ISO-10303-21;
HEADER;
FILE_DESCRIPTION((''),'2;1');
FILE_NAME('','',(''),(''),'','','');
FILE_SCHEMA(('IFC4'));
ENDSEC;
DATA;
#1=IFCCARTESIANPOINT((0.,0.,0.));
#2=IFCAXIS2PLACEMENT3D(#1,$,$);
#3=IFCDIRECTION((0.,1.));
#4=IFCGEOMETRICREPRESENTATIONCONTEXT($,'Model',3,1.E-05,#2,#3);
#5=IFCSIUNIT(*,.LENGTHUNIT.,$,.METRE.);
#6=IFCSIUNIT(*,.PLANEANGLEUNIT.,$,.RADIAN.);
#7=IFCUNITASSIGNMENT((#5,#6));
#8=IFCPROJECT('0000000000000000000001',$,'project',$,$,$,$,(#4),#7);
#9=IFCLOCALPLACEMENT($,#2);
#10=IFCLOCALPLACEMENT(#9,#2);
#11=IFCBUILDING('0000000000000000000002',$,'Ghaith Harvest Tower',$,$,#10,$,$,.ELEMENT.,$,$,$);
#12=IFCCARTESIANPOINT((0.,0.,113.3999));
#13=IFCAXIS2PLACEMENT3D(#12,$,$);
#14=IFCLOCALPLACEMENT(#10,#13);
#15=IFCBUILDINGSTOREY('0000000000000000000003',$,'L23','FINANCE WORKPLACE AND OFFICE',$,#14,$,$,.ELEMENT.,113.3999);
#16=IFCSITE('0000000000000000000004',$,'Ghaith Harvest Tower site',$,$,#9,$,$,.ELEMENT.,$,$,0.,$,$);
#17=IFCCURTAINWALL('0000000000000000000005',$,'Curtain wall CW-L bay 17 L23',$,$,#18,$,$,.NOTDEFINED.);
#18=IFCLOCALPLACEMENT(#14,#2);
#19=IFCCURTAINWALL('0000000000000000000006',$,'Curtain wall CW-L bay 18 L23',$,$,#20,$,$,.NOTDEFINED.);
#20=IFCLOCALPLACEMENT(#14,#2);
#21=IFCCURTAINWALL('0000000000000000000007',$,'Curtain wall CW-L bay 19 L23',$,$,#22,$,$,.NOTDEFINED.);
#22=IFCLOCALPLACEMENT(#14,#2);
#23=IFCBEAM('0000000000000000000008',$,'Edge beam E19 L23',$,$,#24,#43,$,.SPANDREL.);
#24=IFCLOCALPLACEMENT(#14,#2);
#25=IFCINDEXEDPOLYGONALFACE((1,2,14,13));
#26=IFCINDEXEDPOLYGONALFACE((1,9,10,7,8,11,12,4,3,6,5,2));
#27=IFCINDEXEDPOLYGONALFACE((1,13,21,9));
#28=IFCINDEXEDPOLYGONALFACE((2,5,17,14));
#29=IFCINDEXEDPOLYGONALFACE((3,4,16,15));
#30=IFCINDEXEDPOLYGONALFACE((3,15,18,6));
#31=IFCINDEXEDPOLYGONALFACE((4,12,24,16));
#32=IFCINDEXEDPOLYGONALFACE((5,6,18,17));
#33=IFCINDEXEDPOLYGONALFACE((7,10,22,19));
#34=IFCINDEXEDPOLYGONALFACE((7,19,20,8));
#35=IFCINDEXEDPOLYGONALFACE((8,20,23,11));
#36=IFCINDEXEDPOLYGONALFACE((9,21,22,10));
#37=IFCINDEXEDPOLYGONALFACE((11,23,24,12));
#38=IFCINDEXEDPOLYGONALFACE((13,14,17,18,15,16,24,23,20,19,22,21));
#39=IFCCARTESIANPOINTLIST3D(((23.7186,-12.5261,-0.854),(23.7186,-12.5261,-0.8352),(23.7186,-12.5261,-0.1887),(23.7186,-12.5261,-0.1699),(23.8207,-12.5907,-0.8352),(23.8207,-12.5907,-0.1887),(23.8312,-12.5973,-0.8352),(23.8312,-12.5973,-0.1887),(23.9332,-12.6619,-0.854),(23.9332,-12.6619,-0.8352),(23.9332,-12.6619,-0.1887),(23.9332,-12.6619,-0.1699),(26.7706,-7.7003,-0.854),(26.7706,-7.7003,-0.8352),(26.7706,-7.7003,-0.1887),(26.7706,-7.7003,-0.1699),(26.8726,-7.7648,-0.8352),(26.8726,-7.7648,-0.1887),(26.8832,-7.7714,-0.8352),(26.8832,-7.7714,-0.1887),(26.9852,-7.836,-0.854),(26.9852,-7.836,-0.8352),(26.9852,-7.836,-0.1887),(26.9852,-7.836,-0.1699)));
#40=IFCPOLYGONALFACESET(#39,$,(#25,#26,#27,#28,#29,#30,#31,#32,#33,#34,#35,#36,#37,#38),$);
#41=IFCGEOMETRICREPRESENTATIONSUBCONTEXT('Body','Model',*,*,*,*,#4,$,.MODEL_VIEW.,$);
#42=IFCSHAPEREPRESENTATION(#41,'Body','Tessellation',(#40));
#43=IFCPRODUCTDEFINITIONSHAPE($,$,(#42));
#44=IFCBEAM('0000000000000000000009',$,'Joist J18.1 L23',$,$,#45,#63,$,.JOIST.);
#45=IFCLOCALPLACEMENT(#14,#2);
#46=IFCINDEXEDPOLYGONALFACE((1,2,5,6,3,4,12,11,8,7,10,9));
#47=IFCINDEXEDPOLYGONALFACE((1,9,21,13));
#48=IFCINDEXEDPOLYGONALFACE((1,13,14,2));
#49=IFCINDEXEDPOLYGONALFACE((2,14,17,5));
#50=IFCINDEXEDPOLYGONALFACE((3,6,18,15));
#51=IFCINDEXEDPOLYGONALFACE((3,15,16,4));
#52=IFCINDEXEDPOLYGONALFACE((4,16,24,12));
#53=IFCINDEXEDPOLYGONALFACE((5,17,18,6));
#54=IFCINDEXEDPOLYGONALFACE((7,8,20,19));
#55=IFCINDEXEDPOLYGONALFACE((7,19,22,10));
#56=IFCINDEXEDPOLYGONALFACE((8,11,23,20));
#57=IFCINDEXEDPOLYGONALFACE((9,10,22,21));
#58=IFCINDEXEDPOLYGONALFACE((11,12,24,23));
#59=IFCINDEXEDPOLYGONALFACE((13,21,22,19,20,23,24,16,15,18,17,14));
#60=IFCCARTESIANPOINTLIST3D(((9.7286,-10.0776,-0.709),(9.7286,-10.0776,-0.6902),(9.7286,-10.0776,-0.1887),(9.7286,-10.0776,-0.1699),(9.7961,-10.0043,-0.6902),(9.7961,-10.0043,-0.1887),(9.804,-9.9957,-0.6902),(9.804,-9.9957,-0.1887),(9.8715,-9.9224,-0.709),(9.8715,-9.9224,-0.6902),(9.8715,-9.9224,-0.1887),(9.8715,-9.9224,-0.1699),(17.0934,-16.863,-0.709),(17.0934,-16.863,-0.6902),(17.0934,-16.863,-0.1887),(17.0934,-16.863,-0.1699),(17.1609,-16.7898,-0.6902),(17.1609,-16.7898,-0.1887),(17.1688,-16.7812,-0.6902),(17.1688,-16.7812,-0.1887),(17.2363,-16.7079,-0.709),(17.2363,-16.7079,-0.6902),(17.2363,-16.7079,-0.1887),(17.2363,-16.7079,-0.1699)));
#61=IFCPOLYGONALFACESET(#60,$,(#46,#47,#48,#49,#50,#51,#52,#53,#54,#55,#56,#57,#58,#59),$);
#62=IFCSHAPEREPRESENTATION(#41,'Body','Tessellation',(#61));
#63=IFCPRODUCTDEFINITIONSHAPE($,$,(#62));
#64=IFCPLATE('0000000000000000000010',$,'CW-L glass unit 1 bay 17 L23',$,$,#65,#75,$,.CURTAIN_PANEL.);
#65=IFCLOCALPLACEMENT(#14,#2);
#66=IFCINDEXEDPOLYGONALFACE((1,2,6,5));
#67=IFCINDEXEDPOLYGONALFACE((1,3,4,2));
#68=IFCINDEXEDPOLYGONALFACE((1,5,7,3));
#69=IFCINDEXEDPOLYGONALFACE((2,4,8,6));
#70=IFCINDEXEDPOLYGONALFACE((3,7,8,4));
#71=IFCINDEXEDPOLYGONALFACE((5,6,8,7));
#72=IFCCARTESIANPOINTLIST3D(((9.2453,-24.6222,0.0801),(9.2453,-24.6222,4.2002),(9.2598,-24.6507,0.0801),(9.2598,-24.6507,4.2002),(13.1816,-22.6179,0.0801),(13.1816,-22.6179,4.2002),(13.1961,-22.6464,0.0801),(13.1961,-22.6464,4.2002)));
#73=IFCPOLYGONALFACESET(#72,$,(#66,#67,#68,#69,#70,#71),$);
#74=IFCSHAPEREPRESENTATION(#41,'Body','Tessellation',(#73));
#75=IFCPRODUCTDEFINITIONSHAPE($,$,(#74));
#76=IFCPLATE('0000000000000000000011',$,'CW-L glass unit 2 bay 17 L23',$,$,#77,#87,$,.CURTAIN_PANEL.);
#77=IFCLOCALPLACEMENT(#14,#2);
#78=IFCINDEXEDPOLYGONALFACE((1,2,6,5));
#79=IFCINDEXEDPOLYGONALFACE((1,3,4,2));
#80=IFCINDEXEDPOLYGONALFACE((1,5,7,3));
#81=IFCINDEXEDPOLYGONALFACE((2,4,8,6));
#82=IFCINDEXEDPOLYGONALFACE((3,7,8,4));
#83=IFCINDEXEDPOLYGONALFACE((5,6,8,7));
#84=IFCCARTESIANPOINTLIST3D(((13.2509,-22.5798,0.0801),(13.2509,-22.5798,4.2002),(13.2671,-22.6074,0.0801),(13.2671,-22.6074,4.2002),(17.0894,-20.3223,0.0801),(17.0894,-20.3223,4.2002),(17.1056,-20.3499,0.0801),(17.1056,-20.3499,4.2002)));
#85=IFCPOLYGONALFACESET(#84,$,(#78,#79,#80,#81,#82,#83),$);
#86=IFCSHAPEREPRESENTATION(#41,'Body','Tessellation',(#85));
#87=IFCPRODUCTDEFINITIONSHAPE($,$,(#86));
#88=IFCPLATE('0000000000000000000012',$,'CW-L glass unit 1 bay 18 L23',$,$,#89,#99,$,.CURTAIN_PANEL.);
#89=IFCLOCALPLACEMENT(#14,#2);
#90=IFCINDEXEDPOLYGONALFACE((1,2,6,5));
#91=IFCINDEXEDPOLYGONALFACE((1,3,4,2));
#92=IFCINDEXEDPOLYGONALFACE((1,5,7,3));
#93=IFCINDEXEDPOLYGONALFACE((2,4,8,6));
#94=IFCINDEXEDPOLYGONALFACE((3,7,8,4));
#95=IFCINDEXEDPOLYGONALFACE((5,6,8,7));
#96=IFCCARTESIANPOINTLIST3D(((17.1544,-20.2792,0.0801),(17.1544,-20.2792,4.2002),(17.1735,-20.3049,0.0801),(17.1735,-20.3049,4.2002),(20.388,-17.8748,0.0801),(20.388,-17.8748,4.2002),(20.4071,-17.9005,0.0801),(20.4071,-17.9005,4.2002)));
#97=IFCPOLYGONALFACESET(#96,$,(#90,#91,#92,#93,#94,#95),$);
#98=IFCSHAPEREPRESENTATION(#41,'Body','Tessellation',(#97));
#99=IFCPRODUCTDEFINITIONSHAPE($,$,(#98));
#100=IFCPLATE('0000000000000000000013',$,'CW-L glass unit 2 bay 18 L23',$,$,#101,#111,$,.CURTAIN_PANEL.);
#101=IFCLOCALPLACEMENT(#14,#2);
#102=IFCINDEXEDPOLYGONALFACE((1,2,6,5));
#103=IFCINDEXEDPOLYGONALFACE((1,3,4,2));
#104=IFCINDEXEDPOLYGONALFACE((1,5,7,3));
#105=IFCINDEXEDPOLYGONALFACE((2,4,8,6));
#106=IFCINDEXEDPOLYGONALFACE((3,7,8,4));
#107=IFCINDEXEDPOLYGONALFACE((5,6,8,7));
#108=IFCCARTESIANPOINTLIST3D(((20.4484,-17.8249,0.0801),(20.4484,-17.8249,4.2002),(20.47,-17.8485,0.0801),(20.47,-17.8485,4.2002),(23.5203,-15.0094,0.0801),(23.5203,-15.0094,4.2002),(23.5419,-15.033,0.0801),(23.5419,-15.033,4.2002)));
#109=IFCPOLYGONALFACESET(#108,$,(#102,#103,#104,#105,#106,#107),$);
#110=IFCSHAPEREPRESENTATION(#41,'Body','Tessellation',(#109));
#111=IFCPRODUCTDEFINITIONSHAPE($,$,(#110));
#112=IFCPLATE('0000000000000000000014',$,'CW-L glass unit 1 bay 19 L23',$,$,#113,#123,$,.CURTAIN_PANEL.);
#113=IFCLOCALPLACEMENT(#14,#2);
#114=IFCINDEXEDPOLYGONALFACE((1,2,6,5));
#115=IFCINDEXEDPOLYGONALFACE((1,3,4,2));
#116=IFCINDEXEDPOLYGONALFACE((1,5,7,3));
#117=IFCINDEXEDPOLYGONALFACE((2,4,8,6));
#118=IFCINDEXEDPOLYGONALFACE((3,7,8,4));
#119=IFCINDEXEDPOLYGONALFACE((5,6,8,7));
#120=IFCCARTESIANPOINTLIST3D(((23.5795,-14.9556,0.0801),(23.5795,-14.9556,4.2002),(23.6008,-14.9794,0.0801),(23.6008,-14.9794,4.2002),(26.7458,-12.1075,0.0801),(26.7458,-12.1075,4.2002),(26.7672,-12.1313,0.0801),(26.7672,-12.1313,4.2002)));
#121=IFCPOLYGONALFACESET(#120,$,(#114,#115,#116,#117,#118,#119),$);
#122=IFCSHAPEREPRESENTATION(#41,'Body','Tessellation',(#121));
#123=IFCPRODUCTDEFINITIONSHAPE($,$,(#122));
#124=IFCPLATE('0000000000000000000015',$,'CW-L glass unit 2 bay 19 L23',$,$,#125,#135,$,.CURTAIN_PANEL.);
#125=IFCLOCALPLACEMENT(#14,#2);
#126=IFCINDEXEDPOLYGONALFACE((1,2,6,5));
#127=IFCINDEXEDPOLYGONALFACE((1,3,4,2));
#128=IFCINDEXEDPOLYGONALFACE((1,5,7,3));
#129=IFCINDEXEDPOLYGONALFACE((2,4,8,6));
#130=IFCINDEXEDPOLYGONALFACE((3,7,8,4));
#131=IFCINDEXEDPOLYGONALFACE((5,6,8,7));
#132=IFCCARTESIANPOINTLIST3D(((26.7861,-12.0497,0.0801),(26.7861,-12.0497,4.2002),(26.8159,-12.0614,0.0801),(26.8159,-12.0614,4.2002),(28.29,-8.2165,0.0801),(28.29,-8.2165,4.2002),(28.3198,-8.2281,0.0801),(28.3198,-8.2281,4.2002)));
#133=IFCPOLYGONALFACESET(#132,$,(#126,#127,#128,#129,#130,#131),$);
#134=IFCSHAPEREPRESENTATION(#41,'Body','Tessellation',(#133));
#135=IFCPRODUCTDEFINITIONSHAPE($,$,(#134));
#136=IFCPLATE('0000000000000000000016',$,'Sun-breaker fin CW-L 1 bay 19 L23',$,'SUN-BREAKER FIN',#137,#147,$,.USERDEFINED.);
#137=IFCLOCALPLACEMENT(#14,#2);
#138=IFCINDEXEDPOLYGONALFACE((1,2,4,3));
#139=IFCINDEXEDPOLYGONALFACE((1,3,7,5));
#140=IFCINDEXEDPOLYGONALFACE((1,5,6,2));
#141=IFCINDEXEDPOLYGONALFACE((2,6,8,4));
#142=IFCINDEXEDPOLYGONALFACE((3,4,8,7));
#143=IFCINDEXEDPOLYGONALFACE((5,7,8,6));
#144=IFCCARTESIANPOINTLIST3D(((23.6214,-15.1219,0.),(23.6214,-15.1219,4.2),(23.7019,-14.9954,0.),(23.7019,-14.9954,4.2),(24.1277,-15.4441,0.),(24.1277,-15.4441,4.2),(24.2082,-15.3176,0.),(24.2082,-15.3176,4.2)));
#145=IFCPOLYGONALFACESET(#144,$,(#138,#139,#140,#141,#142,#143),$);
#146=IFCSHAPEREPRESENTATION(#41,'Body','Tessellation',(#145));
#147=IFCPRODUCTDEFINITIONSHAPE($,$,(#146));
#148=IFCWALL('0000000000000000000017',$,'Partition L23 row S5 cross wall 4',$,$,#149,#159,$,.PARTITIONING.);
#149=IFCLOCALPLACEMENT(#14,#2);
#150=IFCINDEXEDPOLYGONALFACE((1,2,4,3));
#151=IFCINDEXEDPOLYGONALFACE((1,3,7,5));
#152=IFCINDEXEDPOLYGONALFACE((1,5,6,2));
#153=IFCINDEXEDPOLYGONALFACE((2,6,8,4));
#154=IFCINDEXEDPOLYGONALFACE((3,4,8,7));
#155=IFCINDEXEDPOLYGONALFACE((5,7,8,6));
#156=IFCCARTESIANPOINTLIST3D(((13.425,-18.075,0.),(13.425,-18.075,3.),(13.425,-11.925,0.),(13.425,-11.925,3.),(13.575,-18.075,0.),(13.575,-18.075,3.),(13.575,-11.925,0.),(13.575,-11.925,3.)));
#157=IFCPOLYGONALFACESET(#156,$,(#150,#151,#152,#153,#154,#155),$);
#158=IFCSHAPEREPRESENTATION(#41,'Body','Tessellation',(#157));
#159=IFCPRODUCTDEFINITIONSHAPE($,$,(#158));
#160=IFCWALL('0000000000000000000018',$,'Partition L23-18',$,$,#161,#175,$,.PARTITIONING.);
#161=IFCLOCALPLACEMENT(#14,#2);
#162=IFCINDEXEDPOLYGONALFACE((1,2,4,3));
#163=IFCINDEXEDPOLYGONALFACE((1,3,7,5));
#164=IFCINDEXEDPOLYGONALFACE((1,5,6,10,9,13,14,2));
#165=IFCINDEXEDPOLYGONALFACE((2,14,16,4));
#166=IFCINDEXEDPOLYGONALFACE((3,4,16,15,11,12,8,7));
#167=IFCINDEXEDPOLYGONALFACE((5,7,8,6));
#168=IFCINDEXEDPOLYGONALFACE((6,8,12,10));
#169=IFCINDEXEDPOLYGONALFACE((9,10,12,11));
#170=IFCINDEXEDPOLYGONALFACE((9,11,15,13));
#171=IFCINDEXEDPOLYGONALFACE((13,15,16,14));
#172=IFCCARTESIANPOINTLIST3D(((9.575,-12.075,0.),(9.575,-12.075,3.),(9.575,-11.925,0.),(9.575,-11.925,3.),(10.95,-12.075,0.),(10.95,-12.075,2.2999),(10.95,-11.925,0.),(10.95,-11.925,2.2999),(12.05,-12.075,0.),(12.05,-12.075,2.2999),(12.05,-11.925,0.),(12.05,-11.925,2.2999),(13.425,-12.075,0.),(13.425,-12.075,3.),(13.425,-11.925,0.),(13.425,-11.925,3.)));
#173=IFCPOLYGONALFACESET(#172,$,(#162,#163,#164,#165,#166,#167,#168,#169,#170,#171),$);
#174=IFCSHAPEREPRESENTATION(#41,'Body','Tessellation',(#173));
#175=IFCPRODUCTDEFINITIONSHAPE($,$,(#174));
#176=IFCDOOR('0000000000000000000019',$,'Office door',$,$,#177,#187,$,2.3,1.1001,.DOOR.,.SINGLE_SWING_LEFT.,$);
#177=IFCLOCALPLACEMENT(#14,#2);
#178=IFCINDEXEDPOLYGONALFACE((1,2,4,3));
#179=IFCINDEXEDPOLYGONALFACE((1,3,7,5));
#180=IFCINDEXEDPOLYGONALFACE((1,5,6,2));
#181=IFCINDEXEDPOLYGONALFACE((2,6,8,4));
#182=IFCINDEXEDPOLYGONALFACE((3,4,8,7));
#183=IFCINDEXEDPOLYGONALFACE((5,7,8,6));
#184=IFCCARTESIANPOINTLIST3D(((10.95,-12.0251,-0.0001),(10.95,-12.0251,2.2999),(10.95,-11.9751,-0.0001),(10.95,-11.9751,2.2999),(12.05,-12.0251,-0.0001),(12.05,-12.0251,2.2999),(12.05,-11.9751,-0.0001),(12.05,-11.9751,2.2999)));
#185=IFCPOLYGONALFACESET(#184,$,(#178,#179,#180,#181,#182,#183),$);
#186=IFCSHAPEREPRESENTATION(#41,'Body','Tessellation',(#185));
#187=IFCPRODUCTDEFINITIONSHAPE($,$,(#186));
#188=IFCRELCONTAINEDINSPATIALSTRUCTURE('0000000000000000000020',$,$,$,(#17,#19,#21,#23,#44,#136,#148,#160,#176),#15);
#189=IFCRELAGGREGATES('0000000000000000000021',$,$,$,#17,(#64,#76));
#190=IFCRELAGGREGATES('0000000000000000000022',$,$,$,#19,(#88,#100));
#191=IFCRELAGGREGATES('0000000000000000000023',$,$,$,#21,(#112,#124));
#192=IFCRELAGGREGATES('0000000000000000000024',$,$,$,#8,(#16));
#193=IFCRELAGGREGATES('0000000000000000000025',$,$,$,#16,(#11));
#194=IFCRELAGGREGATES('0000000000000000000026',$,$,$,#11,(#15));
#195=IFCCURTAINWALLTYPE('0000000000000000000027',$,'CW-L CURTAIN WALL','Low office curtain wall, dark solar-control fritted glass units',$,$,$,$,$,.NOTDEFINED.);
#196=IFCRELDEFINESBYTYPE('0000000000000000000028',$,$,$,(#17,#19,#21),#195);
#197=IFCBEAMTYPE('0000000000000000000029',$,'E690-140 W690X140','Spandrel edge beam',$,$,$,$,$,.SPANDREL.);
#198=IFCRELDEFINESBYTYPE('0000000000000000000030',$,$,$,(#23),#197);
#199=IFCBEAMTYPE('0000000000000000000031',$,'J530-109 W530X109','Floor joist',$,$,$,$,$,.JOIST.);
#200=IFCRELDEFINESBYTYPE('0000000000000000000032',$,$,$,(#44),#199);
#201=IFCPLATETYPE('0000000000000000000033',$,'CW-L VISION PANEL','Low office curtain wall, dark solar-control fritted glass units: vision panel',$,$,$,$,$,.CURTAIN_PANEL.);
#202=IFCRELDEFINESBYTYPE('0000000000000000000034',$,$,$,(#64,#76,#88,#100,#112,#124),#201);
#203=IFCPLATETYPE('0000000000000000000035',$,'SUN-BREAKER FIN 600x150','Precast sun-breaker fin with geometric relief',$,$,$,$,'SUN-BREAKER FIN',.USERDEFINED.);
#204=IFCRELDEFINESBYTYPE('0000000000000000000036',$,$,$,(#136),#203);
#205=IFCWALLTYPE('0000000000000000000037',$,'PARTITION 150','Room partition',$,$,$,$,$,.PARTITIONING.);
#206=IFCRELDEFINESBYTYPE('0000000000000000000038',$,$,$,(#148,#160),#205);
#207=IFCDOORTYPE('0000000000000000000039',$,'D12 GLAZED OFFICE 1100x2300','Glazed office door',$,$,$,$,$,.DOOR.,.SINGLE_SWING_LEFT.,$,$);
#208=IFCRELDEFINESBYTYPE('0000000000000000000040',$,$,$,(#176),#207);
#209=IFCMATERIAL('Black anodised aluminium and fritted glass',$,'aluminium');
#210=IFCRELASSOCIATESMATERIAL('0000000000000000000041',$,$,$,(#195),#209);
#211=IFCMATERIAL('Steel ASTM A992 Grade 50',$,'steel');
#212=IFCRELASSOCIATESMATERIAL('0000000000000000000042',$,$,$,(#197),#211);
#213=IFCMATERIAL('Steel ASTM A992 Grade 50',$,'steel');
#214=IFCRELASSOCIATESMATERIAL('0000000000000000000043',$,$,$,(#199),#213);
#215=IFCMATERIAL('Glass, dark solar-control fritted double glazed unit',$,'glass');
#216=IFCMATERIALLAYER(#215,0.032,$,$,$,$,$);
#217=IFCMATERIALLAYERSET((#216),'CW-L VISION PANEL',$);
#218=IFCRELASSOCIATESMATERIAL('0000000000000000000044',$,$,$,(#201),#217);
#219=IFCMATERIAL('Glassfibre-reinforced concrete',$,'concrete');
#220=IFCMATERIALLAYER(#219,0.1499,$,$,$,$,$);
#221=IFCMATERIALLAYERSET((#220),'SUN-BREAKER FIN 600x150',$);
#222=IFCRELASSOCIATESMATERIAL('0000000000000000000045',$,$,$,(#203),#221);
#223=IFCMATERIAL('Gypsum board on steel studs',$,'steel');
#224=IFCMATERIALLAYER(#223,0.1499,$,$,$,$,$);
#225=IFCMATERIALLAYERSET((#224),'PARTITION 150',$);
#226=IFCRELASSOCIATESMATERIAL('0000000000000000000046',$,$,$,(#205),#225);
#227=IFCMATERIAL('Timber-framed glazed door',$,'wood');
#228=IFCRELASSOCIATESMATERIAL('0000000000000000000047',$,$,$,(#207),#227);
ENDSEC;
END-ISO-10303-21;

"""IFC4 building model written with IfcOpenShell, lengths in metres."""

from ifc_helpers import new_model, si_unit, direction, frame, frame_2d, origin, origin_2d, place, context, subcontext, project, spatial, rectangle, i_section, extrude, material, layer, layer_set, material_profile, profile_set, type_object, element, fill, aggregate, save


model = new_model("IFC4")

# Units and contexts
model_context = context("Model", 3, precision=1e-05, world=origin(), true_north=direction((0.0, 1.0)))
body_context = subcontext(model_context, "Body", "Model", "MODEL_VIEW")
ifc_project = project(units=[si_unit("LENGTHUNIT", "METRE"), si_unit("PLANEANGLEUNIT", "RADIAN")], contexts=[model_context])

# Site, building, storey
site_placement = place(None, origin())
site = spatial("IfcSite", under=ifc_project, at=site_placement, Name="Ghaith Harvest Tower site", CompositionType="ELEMENT", RefElevation=0.0)
building_placement = place(site_placement, origin())
building = spatial("IfcBuilding", under=site, at=building_placement, Name="Ghaith Harvest Tower", CompositionType="ELEMENT")
storey_placement = place(building_placement, frame((0.0, 0.0, 113.3999)))
storey = spatial("IfcBuildingStorey", under=building, at=storey_placement, Name="L23", Description="FINANCE WORKPLACE AND OFFICE", CompositionType="ELEMENT", Elevation=113.3999)

# Curtain wall
ifc_material_1 = material(Name="Black anodised aluminium and fritted glass", Category="aluminium")
curtain_wall_type = type_object("IfcCurtainWallType", Name="CW-L CURTAIN WALL", Description="Low office curtain wall, dark solar-control fritted glass units", PredefinedType="NOTDEFINED", material=ifc_material_1)
curtain_wall_1_placement = place(storey_placement, origin())
curtain_wall_1 = element("IfcCurtainWall", 1, at=curtain_wall_1_placement, inside=storey, type_object=curtain_wall_type, Name="Curtain wall CW-L bay 17 L23", PredefinedType="NOTDEFINED")

# Curtain walls
curtain_wall_2_placement = place(storey_placement, origin())
curtain_wall_2 = element("IfcCurtainWall", 2, at=curtain_wall_2_placement, inside=storey, type_object=curtain_wall_type, Name="Curtain wall CW-L bay 18 L23", PredefinedType="NOTDEFINED")
curtain_wall_3_placement = place(storey_placement, origin())
curtain_wall_3 = element("IfcCurtainWall", 3, at=curtain_wall_3_placement, inside=storey, type_object=curtain_wall_type, Name="Curtain wall CW-L bay 19 L23", PredefinedType="NOTDEFINED")

# Beams
ifc_material_2 = material(Name="Steel ASTM A992 Grade 50", Category="steel")
ifc_material_profile_1 = material_profile(ifc_material_2, i_section(OverallWidth=0.2539, OverallDepth=0.6841, WebThickness=0.0125, FlangeThickness=0.0188, at=origin_2d()), Name="W690X140")
ifc_profile_set_1 = profile_set([ifc_material_profile_1], Name="Steel ASTM A992 Grade 50")
beam_type_1 = type_object("IfcBeamType", Name="E690-140 W690X140", Description="Spandrel edge beam", PredefinedType="SPANDREL", material=ifc_profile_set_1)
beam_1_placement = place(storey_placement, frame((23.8259, -12.594, -0.512), z_axis=(0.5345, 0.845169, 0.0), x_axis=(-0.845169, 0.5345, 0.0)))
element("IfcBeam", 4, at=beam_1_placement, inside=storey, type_object=beam_type_1, Name="Edge beam E19 L23", PredefinedType="SPANDREL", context=body_context, shape_type="SweptSolid", body=[
    extrude(i_section(OverallWidth=0.2539, OverallDepth=0.6841, WebThickness=0.0125, FlangeThickness=0.0188, at=origin_2d()), origin(), (0.0, 0.0, 1.0), 5.71),
])
ifc_material_3 = material(Name="Steel ASTM A992 Grade 50", Category="steel")
ifc_material_profile_2 = material_profile(ifc_material_3, i_section(OverallWidth=0.2109, OverallDepth=0.5391, WebThickness=0.0117, FlangeThickness=0.0188, at=origin_2d()), Name="W530X109")
ifc_profile_set_2 = profile_set([ifc_material_profile_2], Name="Steel ASTM A992 Grade 50")
beam_type_2 = type_object("IfcBeamType", Name="J530-109 W530X109", Description="Floor joist", PredefinedType="JOIST", material=ifc_profile_set_2)
beam_2_placement = place(storey_placement, frame((9.8, -10.0, -0.4395), z_axis=(0.735442, -0.677588, 0.0), x_axis=(0.677588, 0.735442, 0.0)))
element("IfcBeam", 5, at=beam_2_placement, inside=storey, type_object=beam_type_2, Name="Joist J18.1 L23", PredefinedType="JOIST", context=body_context, shape_type="SweptSolid", body=[
    extrude(i_section(OverallWidth=0.2109, OverallDepth=0.5391, WebThickness=0.0117, FlangeThickness=0.0188, at=origin_2d()), origin(), (0.0, 0.0, 1.0), 10.0142),
])

# Plates
ifc_material_4 = material(Name="Glass, dark solar-control fritted double glazed unit", Category="glass")
ifc_layer_1 = layer(ifc_material_4, 0.032)
ifc_layer_set_1 = layer_set([ifc_layer_1], Name="CW-L VISION PANEL")
plate_type_1 = type_object("IfcPlateType", Name="CW-L VISION PANEL", Description="Low office curtain wall, dark solar-control fritted glass units: vision panel", PredefinedType="CURTAIN_PANEL", material=ifc_layer_set_1)
plate_1_placement = place(storey_placement, frame((11.2207, -23.6343, 0.0801), z_axis=(0.0, 0.0, 1.0), x_axis=(0.891127, 0.453754, 0.0)))
plate_1 = element("IfcPlate", 6, at=plate_1_placement, type_object=plate_type_1, Name="CW-L glass unit 1 bay 17 L23", PredefinedType="CURTAIN_PANEL", context=body_context, shape_type="SweptSolid", body=[
    extrude(rectangle(XDim=4.4172, YDim=0.032, at=origin_2d()), origin(), (0.0, 0.0, 1.0), 4.1201),
])
plate_2_placement = place(storey_placement, frame((15.1782, -21.4648, 0.0801), z_axis=(0.0, 0.0, 1.0), x_axis=(0.861979, 0.506943, 0.0)))
plate_2 = element("IfcPlate", 7, at=plate_2_placement, type_object=plate_type_1, Name="CW-L glass unit 2 bay 17 L23", PredefinedType="CURTAIN_PANEL", context=body_context, shape_type="SweptSolid", body=[
    extrude(rectangle(XDim=4.4531, YDim=0.032, at=origin_2d()), origin(), (0.0, 0.0, 1.0), 4.1201),
])
aggregate(curtain_wall_1, [plate_1, plate_2])
plate_3_placement = place(storey_placement, frame((18.7808, -19.0898, 0.0801), z_axis=(0.0, 0.0, 1.0), x_axis=(0.802462, 0.596703, 0.0)))
plate_3 = element("IfcPlate", 8, at=plate_3_placement, type_object=plate_type_1, Name="CW-L glass unit 1 bay 18 L23", PredefinedType="CURTAIN_PANEL", context=body_context, shape_type="SweptSolid", body=[
    extrude(rectangle(XDim=4.0295, YDim=0.032, at=origin_2d()), origin(), (0.0, 0.0, 1.0), 4.1201),
])
plate_4_placement = place(storey_placement, frame((21.9951, -16.429, 0.0801), z_axis=(0.0, 0.0, 1.0), x_axis=(0.737202, 0.675673, 0.0)))
plate_4 = element("IfcPlate", 9, at=plate_4_placement, type_object=plate_type_1, Name="CW-L glass unit 2 bay 18 L23", PredefinedType="CURTAIN_PANEL", context=body_context, shape_type="SweptSolid", body=[
    extrude(rectangle(XDim=4.167, YDim=0.032, at=origin_2d()), origin(), (0.0, 0.0, 1.0), 4.1201),
])
aggregate(curtain_wall_2, [plate_3, plate_4])
plate_5_placement = place(storey_placement, frame((25.1733, -13.5435, 0.0801), z_axis=(0.0, 0.0, 1.0), x_axis=(0.743493, 0.668744, 0.0)))
plate_5 = element("IfcPlate", 10, at=plate_5_placement, type_object=plate_type_1, Name="CW-L glass unit 1 bay 19 L23", PredefinedType="CURTAIN_PANEL", context=body_context, shape_type="SweptSolid", body=[
    extrude(rectangle(XDim=4.2588, YDim=0.032, at=origin_2d()), origin(), (0.0, 0.0, 1.0), 4.1201),
])
plate_6_placement = place(storey_placement, frame((27.553, -10.1389, 0.0801), z_axis=(0.0, 0.0, 1.0), x_axis=(0.365226, 0.930919, 0.0)))
plate_6 = element("IfcPlate", 11, at=plate_6_placement, type_object=plate_type_1, Name="CW-L glass unit 2 bay 19 L23", PredefinedType="CURTAIN_PANEL", context=body_context, shape_type="SweptSolid", body=[
    extrude(rectangle(XDim=4.1177, YDim=0.032, at=origin_2d()), origin(), (0.0, 0.0, 1.0), 4.1201),
])
aggregate(curtain_wall_3, [plate_5, plate_6])
ifc_material_5 = material(Name="Glassfibre-reinforced concrete", Category="concrete")
ifc_layer_2 = layer(ifc_material_5, 0.1499)
ifc_layer_set_2 = layer_set([ifc_layer_2], Name="SUN-BREAKER FIN 600x150")
plate_type_2 = type_object("IfcPlateType", Name="SUN-BREAKER FIN 600x150", Description="Precast sun-breaker fin with geometric relief", ElementType="SUN-BREAKER FIN", PredefinedType="USERDEFINED", material=ifc_layer_set_2)
plate_7_placement = place(storey_placement, frame((23.9148, -15.2197, 0.0), z_axis=(0.0, 0.0, 1.0), x_axis=(0.843644, -0.536903, 0.0)))
element("IfcPlate", 12, at=plate_7_placement, inside=storey, type_object=plate_type_2, Name="Sun-breaker fin CW-L 1 bay 19 L23", ObjectType="SUN-BREAKER FIN", PredefinedType="USERDEFINED", context=body_context, shape_type="SweptSolid", body=[
    extrude(rectangle(XDim=0.6001, YDim=0.1499, at=origin_2d()), origin(), (0.0, 0.0, 1.0), 4.2),
])

# Wall
ifc_material_6 = material(Name="Gypsum board on steel studs", Category="steel")
ifc_layer_3 = layer(ifc_material_6, 0.1499)
ifc_layer_set_3 = layer_set([ifc_layer_3], Name="PARTITION 150")
wall_type = type_object("IfcWallType", Name="PARTITION 150", Description="Room partition", PredefinedType="PARTITIONING", material=ifc_layer_set_3)
wall_1_placement = place(storey_placement, frame((13.5, -11.925, 0.0), z_axis=(0.0, 0.0, 1.0), x_axis=(0.0, -1.0, 0.0)))
element("IfcWall", 13, at=wall_1_placement, inside=storey, type_object=wall_type, Name="Partition L23 row S5 cross wall 4", PredefinedType="PARTITIONING", context=body_context, shape_type="SweptSolid", body=[
    extrude(rectangle(XDim=6.1499, YDim=0.1499, at=frame_2d((3.075, 0.0))), origin(), (0.0, 0.0, 1.0), 3.0),
])

# Wall, opening, door
wall_2_placement = place(storey_placement, frame((9.575, -12.0, 0.0), z_axis=(0.0, 0.0, 1.0), x_axis=(1.0, 0.0, 0.0)))
wall_2 = element("IfcWall", 14, at=wall_2_placement, inside=storey, type_object=wall_type, Name="Partition L23-18", PredefinedType="PARTITIONING", context=body_context, shape_type="SweptSolid", body=[
    extrude(rectangle(XDim=3.8501, YDim=0.1499, at=frame_2d((1.925, 0.0))), origin(), (0.0, 0.0, 1.0), 3.0),
])
opening_placement = place(wall_2_placement, frame((1.375, 0.0, 0.0)))
opening = element("IfcOpeningElement", 15, at=opening_placement, cuts=wall_2, PredefinedType="OPENING", context=body_context, shape_type="SweptSolid", body=[
    extrude(rectangle(XDim=1.1001, YDim=2.3, at=frame_2d((0.55, 1.1499))), frame((0.0, 0.085, 0.0), z_axis=(0.0, -1.0, 0.0), x_axis=(1.0, 0.0, 0.0)), (0.0, 0.0, 1.0), 0.1699),
])
ifc_material_7 = material(Name="Timber-framed glazed door", Category="wood")
door_type = type_object("IfcDoorType", Name="D12 GLAZED OFFICE 1100x2300", Description="Glazed office door", OperationType="SINGLE_SWING_LEFT", PredefinedType="DOOR", material=ifc_material_7)
door_placement = place(opening_placement, origin())
door = element("IfcDoor", 16, at=door_placement, inside=storey, type_object=door_type, Name="Office door", OperationType="SINGLE_SWING_LEFT", OverallHeight=2.3, OverallWidth=1.1001, PredefinedType="DOOR", context=body_context, shape_type="SweptSolid", body=[
    extrude(rectangle(XDim=1.1001, YDim=2.3, at=frame_2d((0.55, 1.1499))), frame((0.0, 0.0249, 0.0), z_axis=(0.0, -1.0, 0.0), x_axis=(1.0, 0.0, 0.0)), (0.0, 0.0, 1.0), 0.05),
])
fill(opening, door)

save(model, "model.ifc")
